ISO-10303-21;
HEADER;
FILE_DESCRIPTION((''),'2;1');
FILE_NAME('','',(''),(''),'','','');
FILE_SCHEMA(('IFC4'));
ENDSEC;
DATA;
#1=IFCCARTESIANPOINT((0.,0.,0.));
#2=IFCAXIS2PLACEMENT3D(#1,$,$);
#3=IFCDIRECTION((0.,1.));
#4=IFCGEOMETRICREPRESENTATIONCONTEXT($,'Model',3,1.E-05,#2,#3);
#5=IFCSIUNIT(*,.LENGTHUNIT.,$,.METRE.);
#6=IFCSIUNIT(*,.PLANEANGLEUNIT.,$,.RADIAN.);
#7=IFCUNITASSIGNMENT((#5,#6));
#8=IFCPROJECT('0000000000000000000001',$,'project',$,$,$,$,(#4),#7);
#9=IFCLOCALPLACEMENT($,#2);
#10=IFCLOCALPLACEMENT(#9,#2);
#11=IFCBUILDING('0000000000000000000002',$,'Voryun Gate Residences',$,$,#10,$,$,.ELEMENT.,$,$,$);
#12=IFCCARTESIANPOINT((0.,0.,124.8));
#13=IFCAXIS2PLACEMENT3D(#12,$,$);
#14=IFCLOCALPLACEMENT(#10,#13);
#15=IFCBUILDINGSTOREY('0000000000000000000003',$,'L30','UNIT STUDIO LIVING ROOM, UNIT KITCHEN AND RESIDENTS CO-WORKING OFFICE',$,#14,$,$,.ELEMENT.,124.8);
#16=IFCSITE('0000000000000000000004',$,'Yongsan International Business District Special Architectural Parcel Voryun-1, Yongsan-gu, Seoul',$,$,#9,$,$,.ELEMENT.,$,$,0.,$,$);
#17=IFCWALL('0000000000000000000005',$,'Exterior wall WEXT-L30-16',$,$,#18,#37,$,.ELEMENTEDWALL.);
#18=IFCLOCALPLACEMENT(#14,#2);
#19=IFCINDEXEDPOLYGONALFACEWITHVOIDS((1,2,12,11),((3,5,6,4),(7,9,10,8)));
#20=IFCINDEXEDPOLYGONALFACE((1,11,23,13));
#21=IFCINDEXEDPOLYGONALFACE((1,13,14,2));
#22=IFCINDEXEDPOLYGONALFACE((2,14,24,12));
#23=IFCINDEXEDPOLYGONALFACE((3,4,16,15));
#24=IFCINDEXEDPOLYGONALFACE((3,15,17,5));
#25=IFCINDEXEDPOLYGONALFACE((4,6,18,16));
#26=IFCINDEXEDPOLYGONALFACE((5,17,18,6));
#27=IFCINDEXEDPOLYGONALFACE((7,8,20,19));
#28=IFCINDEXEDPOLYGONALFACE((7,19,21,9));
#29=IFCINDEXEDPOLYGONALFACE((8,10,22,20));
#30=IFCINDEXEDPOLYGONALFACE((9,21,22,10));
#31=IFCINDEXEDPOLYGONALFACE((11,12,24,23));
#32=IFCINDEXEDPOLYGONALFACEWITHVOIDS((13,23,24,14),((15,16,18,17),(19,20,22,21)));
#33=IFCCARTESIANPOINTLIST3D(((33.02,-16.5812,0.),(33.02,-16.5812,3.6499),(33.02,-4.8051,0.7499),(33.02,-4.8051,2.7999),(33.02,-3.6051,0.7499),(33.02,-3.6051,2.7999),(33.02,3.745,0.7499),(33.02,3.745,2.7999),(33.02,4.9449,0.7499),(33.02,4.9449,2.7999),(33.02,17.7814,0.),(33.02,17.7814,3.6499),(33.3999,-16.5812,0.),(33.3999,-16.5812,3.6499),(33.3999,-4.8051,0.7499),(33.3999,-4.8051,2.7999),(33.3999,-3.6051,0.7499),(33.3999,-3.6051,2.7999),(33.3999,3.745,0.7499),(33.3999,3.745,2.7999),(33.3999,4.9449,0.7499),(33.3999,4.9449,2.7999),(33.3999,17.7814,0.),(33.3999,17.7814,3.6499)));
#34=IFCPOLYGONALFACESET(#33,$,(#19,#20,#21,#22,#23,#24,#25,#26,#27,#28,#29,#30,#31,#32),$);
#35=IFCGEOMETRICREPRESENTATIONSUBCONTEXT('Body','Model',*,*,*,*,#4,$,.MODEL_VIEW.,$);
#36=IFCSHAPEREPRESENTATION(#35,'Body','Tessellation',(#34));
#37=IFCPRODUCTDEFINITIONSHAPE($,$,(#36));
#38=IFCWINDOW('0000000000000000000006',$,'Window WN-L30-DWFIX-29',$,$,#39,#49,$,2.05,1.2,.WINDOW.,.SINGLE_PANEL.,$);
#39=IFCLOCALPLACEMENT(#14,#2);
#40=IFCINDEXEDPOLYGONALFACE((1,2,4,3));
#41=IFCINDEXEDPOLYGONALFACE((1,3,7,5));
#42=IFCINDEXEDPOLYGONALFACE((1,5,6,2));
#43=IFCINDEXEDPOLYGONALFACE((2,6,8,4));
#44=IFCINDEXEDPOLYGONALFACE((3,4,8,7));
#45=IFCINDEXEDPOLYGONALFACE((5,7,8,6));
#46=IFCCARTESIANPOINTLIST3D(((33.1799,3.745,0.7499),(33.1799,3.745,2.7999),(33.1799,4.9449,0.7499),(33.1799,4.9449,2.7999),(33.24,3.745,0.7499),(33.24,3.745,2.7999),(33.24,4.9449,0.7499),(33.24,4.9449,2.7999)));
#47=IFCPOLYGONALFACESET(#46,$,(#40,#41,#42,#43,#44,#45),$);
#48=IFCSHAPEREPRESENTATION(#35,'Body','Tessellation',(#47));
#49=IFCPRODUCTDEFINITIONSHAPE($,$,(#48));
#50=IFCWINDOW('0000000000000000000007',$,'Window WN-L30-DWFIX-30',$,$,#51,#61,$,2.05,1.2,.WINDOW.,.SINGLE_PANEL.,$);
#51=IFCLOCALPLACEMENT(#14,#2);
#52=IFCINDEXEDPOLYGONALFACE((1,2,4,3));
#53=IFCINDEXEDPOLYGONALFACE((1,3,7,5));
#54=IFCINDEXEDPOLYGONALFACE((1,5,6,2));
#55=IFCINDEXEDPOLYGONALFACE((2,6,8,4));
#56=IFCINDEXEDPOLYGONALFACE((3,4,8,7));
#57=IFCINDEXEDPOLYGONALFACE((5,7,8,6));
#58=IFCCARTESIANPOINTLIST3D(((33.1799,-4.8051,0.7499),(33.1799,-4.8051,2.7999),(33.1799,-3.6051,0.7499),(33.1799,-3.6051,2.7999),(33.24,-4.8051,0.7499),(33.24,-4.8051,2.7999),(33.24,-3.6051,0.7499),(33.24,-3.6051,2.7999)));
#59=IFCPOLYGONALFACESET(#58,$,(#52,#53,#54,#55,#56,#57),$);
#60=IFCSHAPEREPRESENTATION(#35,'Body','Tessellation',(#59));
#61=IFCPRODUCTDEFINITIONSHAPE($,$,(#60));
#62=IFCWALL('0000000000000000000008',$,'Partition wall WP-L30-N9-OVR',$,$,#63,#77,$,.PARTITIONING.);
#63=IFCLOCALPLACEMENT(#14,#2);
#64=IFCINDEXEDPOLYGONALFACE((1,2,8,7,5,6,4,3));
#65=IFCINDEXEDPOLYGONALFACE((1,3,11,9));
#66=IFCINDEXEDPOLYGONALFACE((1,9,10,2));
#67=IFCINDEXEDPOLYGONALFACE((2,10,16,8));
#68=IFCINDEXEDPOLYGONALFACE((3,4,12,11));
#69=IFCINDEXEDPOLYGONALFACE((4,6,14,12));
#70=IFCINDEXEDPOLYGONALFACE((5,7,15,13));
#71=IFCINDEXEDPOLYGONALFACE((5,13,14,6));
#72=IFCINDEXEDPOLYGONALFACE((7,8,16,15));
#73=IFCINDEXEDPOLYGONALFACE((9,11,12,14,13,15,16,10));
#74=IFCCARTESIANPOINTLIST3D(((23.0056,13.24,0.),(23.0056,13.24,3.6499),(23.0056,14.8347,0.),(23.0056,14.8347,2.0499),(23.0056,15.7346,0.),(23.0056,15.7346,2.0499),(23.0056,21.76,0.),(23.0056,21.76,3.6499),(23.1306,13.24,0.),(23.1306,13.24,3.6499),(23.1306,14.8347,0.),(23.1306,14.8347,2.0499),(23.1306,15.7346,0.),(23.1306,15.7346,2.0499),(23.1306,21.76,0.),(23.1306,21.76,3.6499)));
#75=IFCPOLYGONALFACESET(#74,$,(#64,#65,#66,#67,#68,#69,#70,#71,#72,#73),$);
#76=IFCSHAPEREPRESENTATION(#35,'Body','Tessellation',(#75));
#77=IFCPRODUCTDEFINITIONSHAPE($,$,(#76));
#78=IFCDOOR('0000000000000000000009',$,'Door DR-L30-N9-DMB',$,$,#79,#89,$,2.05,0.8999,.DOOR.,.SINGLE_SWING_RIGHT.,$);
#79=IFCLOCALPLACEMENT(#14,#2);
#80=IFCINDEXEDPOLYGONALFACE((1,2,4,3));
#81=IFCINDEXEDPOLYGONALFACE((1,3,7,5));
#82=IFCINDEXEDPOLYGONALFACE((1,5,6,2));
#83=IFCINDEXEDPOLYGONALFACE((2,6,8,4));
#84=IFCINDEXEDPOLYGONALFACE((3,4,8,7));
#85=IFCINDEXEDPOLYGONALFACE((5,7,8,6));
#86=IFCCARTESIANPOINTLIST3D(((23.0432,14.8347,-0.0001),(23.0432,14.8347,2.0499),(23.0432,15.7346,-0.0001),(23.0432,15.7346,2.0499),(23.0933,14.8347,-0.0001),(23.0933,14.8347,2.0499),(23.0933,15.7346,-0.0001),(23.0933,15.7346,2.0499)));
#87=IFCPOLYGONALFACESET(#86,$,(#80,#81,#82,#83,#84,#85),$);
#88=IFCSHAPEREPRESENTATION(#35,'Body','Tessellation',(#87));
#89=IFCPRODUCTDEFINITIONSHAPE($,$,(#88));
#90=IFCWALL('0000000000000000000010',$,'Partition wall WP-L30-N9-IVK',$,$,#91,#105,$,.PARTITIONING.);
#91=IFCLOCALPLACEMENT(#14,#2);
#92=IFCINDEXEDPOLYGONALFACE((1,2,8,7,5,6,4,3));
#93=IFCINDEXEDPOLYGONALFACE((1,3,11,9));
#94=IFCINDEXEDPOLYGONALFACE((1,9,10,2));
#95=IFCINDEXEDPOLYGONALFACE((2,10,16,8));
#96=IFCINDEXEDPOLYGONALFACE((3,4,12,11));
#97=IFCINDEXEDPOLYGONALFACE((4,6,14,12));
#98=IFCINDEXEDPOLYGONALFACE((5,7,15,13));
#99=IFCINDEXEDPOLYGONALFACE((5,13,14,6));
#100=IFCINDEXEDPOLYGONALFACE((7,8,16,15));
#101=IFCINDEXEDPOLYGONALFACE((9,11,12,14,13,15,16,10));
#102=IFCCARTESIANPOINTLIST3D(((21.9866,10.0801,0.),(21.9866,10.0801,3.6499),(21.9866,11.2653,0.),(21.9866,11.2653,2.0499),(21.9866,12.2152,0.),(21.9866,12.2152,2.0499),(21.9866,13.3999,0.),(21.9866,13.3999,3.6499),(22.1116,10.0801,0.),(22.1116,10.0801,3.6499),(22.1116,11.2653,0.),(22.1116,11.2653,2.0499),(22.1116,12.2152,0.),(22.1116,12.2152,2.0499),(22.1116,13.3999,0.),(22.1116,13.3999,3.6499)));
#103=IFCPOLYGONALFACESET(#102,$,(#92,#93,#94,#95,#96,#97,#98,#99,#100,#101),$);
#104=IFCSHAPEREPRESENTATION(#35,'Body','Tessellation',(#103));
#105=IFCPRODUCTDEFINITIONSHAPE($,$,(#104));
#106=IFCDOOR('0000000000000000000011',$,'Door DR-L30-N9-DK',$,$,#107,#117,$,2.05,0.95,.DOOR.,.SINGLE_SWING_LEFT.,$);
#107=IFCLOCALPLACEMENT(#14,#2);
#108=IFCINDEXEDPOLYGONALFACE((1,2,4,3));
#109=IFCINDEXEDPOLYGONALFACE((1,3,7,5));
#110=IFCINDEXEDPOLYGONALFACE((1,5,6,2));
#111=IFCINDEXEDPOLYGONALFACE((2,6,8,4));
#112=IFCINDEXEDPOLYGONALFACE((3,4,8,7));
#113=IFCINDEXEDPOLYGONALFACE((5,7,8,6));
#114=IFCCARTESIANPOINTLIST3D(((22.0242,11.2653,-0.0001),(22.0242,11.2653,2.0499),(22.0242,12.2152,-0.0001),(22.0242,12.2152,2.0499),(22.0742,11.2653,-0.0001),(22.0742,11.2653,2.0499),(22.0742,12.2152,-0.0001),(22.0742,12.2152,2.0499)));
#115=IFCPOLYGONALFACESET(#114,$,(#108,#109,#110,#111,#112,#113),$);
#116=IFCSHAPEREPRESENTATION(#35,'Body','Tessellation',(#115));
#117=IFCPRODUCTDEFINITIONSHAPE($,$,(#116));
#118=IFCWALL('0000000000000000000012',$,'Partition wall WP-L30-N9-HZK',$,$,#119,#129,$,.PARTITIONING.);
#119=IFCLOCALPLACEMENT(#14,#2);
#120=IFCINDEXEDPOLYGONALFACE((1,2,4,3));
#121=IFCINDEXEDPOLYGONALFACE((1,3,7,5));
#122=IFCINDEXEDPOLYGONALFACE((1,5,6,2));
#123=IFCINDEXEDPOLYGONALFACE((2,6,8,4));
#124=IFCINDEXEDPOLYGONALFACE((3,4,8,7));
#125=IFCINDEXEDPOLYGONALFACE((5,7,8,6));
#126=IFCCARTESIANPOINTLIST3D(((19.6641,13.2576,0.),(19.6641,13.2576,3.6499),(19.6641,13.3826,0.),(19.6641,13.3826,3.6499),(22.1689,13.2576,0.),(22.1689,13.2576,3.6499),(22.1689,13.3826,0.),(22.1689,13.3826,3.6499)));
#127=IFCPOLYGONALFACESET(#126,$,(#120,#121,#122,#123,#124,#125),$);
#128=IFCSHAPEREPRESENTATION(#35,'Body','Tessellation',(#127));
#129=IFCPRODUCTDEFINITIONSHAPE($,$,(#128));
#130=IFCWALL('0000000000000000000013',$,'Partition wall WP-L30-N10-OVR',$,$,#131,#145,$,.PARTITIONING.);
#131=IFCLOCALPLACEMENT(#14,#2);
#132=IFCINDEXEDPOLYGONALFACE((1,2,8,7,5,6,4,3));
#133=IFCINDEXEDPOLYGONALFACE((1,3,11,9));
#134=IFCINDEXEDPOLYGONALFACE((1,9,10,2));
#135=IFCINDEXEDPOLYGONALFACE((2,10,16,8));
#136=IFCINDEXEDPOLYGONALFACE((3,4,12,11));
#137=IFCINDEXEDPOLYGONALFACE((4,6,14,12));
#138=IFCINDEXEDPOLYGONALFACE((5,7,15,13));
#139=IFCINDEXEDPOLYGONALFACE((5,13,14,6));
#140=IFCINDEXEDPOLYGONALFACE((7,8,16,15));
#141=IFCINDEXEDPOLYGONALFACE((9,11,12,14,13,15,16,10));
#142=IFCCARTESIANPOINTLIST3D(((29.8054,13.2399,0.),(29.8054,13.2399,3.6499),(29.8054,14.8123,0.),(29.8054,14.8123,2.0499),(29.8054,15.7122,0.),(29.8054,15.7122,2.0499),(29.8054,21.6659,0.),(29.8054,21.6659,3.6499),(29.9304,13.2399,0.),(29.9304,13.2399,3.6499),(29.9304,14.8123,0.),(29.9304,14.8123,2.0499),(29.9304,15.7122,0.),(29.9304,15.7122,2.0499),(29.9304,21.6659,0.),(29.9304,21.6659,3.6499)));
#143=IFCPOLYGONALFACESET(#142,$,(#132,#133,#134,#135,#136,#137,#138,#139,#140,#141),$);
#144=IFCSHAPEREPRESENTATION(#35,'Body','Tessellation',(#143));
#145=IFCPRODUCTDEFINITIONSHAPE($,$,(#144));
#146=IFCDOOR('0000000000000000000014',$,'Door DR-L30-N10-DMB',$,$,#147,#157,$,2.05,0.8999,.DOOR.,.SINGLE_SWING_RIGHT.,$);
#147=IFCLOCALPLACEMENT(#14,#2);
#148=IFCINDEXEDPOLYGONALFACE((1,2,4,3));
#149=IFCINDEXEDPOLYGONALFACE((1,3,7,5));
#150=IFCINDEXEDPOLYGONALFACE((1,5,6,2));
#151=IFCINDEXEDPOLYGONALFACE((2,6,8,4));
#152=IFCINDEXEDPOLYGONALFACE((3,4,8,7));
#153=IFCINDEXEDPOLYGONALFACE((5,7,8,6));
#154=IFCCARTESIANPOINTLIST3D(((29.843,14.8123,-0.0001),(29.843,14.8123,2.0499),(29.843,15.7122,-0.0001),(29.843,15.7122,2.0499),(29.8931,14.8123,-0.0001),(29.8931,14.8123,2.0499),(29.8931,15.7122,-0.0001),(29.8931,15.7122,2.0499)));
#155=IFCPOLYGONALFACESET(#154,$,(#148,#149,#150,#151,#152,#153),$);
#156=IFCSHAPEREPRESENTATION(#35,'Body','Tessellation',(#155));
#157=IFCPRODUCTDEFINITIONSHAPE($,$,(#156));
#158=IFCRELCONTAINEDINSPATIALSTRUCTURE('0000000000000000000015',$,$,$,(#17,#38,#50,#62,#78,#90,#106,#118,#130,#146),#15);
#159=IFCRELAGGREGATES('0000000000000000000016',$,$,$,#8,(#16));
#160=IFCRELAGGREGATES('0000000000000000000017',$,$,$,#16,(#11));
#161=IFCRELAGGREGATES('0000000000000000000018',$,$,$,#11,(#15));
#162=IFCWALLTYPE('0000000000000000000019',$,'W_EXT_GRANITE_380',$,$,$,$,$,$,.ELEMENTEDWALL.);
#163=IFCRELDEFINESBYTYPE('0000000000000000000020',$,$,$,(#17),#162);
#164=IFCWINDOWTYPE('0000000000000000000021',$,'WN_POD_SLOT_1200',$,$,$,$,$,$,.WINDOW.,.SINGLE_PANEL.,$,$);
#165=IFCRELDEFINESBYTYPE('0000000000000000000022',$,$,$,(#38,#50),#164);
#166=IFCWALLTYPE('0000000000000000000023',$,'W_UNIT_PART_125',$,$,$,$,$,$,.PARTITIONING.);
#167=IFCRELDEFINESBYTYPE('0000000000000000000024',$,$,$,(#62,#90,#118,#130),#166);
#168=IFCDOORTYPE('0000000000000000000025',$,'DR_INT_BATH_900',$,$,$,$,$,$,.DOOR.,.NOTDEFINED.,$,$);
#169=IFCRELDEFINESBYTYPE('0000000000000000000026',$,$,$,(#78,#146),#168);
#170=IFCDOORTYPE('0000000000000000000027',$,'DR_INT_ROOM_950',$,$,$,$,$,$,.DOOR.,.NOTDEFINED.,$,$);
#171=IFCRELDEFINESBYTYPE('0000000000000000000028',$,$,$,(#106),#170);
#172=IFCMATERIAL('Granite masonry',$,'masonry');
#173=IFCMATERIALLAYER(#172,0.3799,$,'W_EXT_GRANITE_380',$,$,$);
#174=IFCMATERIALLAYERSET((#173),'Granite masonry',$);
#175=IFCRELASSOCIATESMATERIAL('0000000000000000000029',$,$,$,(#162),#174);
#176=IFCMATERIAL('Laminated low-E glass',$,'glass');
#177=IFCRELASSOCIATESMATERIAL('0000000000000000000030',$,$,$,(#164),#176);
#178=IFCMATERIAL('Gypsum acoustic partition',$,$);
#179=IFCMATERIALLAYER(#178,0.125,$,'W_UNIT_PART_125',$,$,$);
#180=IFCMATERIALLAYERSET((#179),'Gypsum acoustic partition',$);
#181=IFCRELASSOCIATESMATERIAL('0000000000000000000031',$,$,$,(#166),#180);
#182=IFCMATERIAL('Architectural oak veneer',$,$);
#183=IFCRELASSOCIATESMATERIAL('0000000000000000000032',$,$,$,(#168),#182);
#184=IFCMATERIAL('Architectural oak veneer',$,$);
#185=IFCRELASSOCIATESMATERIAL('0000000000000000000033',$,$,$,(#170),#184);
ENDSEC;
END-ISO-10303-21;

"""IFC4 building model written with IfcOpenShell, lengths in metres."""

from ifc_helpers import new_model, si_unit, direction, frame, frame_2d, origin, place, context, subcontext, project, spatial, rectangle, extrude, material, layer, layer_set, type_object, element, fill, save


model = new_model("IFC4")

# Units and contexts
model_context = context("Model", 3, precision=1e-05, world=origin(), true_north=direction((0.0, 1.0)))
body_context = subcontext(model_context, "Body", "Model", "MODEL_VIEW")
ifc_project = project(units=[si_unit("LENGTHUNIT", "METRE"), si_unit("PLANEANGLEUNIT", "RADIAN")], contexts=[model_context])

# Site, building, storey
site_placement = place(None, origin())
site = spatial("IfcSite", under=ifc_project, at=site_placement, Name="Yongsan International Business District Special Architectural Parcel Voryun-1, Yongsan-gu, Seoul", CompositionType="ELEMENT", RefElevation=0.0)
building_placement = place(site_placement, origin())
building = spatial("IfcBuilding", under=site, at=building_placement, Name="Voryun Gate Residences", CompositionType="ELEMENT")
storey_placement = place(building_placement, frame((0.0, 0.0, 124.8)))
storey = spatial("IfcBuildingStorey", under=building, at=storey_placement, Name="L30", Description="UNIT STUDIO LIVING ROOM, UNIT KITCHEN AND RESIDENTS CO-WORKING OFFICE", CompositionType="ELEMENT", Elevation=124.8)

# Shared definitions
ifc_material_1 = material(Name="Granite masonry", Category="masonry")
ifc_layer_1 = layer(ifc_material_1, 0.3799, Name="W_EXT_GRANITE_380")
ifc_layer_set_1 = layer_set([ifc_layer_1], Name="Granite masonry")
wall_type_1 = type_object("IfcWallType", Name="W_EXT_GRANITE_380", PredefinedType="ELEMENTEDWALL", material=ifc_layer_set_1)

# Wall, openings, windows
wall_1_placement = place(storey_placement, frame((33.21, 17.7812, 0.0), z_axis=(0.0, 0.0, 1.0), x_axis=(0.0, -1.0, 0.0)))
wall_1 = element("IfcWall", 1, at=wall_1_placement, inside=storey, type_object=wall_type_1, Name="Exterior wall WEXT-L30-16", PredefinedType="ELEMENTEDWALL", context=body_context, shape_type="SweptSolid", body=[
    extrude(rectangle(XDim=34.3625, YDim=0.3799, at=frame_2d((17.1812, 0.0))), origin(), (0.0, 0.0, 1.0), 3.6499),
])
opening_1_placement = place(wall_1_placement, frame((12.8362, 0.0, 0.75)))
opening_1 = element("IfcOpeningElement", 2, at=opening_1_placement, cuts=wall_1, PredefinedType="OPENING", context=body_context, shape_type="SweptSolid", body=[
    extrude(rectangle(XDim=1.2, YDim=2.05, at=frame_2d((0.6001, 1.0249))), frame((0.0, 0.2, 0.0), z_axis=(0.0, -1.0, 0.0), x_axis=(1.0, 0.0, 0.0)), (0.0, 0.0, 1.0), 0.3999),
])
opening_2_placement = place(wall_1_placement, frame((21.3862, 0.0, 0.75)))
opening_2 = element("IfcOpeningElement", 3, at=opening_2_placement, cuts=wall_1, PredefinedType="OPENING", context=body_context, shape_type="SweptSolid", body=[
    extrude(rectangle(XDim=1.2, YDim=2.05, at=frame_2d((0.6001, 1.0249))), frame((0.0, 0.2, 0.0), z_axis=(0.0, -1.0, 0.0), x_axis=(1.0, 0.0, 0.0)), (0.0, 0.0, 1.0), 0.3999),
])
ifc_material_2 = material(Name="Laminated low-E glass", Category="glass")
window_type_1 = type_object("IfcWindowType", Name="WN_POD_SLOT_1200", PartitioningType="SINGLE_PANEL", PredefinedType="WINDOW", material=ifc_material_2)
window_1_placement = place(opening_1_placement, origin())
window_1 = element("IfcWindow", 4, at=window_1_placement, inside=storey, type_object=window_type_1, Name="Window WN-L30-DWFIX-29", OverallHeight=2.05, OverallWidth=1.2, PartitioningType="SINGLE_PANEL", PredefinedType="WINDOW", context=body_context, shape_type="SweptSolid", body=[
    extrude(rectangle(XDim=1.2, YDim=2.05, at=frame_2d((0.6001, 1.0249))), frame((0.0, 0.03, 0.0), z_axis=(0.0, -1.0, 0.0), x_axis=(1.0, 0.0, 0.0)), (0.0, 0.0, 1.0), 0.0601),
])
fill(opening_1, window_1)
window_2_placement = place(opening_2_placement, origin())
window_2 = element("IfcWindow", 5, at=window_2_placement, inside=storey, type_object=window_type_1, Name="Window WN-L30-DWFIX-30", OverallHeight=2.05, OverallWidth=1.2, PartitioningType="SINGLE_PANEL", PredefinedType="WINDOW", context=body_context, shape_type="SweptSolid", body=[
    extrude(rectangle(XDim=1.2, YDim=2.05, at=frame_2d((0.6001, 1.0249))), frame((0.0, 0.03, 0.0), z_axis=(0.0, -1.0, 0.0), x_axis=(1.0, 0.0, 0.0)), (0.0, 0.0, 1.0), 0.0601),
])
fill(opening_2, window_2)

# Walls, openings, doors
ifc_material_3 = material(Name="Gypsum acoustic partition")
ifc_layer_2 = layer(ifc_material_3, 0.125, Name="W_UNIT_PART_125")
ifc_layer_set_2 = layer_set([ifc_layer_2], Name="Gypsum acoustic partition")
wall_type_2 = type_object("IfcWallType", Name="W_UNIT_PART_125", PredefinedType="PARTITIONING", material=ifc_layer_set_2)
wall_2_placement = place(storey_placement, frame((23.0681, 13.24, 0.0), z_axis=(0.0, 0.0, 1.0), x_axis=(0.0, 1.0, 0.0)))
wall_2 = element("IfcWall", 6, at=wall_2_placement, inside=storey, type_object=wall_type_2, Name="Partition wall WP-L30-N9-OVR", PredefinedType="PARTITIONING", context=body_context, shape_type="SweptSolid", body=[
    extrude(rectangle(XDim=8.52, YDim=0.125, at=frame_2d((4.26, 0.0))), origin(), (0.0, 0.0, 1.0), 3.6499),
])
opening_3_placement = place(wall_2_placement, frame((1.5947, 0.0, 0.0)))
opening_3 = element("IfcOpeningElement", 7, at=opening_3_placement, cuts=wall_2, PredefinedType="OPENING", context=body_context, shape_type="SweptSolid", body=[
    extrude(rectangle(XDim=0.8999, YDim=2.05, at=frame_2d((0.45, 1.0249))), frame((0.0, 0.0725, 0.0), z_axis=(0.0, -1.0, 0.0), x_axis=(1.0, 0.0, 0.0)), (0.0, 0.0, 1.0), 0.145),
])
ifc_material_4 = material(Name="Architectural oak veneer")
door_type_1 = type_object("IfcDoorType", Name="DR_INT_BATH_900", OperationType="NOTDEFINED", PredefinedType="DOOR", material=ifc_material_4)
door_1_placement = place(opening_3_placement, origin())
door_1 = element("IfcDoor", 8, at=door_1_placement, inside=storey, type_object=door_type_1, Name="Door DR-L30-N9-DMB", OperationType="SINGLE_SWING_RIGHT", OverallHeight=2.05, OverallWidth=0.8999, PredefinedType="DOOR", context=body_context, shape_type="SweptSolid", body=[
    extrude(rectangle(XDim=0.8999, YDim=2.05, at=frame_2d((0.45, 1.0249))), frame((0.0, 0.0249, 0.0), z_axis=(0.0, -1.0, 0.0), x_axis=(1.0, 0.0, 0.0)), (0.0, 0.0, 1.0), 0.05),
])
fill(opening_3, door_1)
wall_3_placement = place(storey_placement, frame((22.0491, 10.0801, 0.0), z_axis=(0.0, 0.0, 1.0), x_axis=(0.0, 1.0, 0.0)))
wall_3 = element("IfcWall", 9, at=wall_3_placement, inside=storey, type_object=wall_type_2, Name="Partition wall WP-L30-N9-IVK", PredefinedType="PARTITIONING", context=body_context, shape_type="SweptSolid", body=[
    extrude(rectangle(XDim=3.3198, YDim=0.125, at=frame_2d((1.6599, 0.0))), origin(), (0.0, 0.0, 1.0), 3.6499),
])
opening_4_placement = place(wall_3_placement, frame((1.1851, 0.0, 0.0)))
opening_4 = element("IfcOpeningElement", 10, at=opening_4_placement, cuts=wall_3, PredefinedType="OPENING", context=body_context, shape_type="SweptSolid", body=[
    extrude(rectangle(XDim=0.95, YDim=2.05, at=frame_2d((0.4751, 1.0249))), frame((0.0, 0.0725, 0.0), z_axis=(0.0, -1.0, 0.0), x_axis=(1.0, 0.0, 0.0)), (0.0, 0.0, 1.0), 0.145),
])
ifc_material_5 = material(Name="Architectural oak veneer")
door_type_2 = type_object("IfcDoorType", Name="DR_INT_ROOM_950", OperationType="NOTDEFINED", PredefinedType="DOOR", material=ifc_material_5)
door_2_placement = place(opening_4_placement, origin())
door_2 = element("IfcDoor", 11, at=door_2_placement, inside=storey, type_object=door_type_2, Name="Door DR-L30-N9-DK", OperationType="SINGLE_SWING_LEFT", OverallHeight=2.05, OverallWidth=0.95, PredefinedType="DOOR", context=body_context, shape_type="SweptSolid", body=[
    extrude(rectangle(XDim=0.95, YDim=2.05, at=frame_2d((0.4751, 1.0249))), frame((0.0, 0.0249, 0.0), z_axis=(0.0, -1.0, 0.0), x_axis=(1.0, 0.0, 0.0)), (0.0, 0.0, 1.0), 0.05),
])
fill(opening_4, door_2)

# Wall
wall_4_placement = place(storey_placement, frame((19.6641, 13.3201, 0.0), z_axis=(0.0, 0.0, 1.0), x_axis=(1.0, 0.0, 0.0)))
element("IfcWall", 12, at=wall_4_placement, inside=storey, type_object=wall_type_2, Name="Partition wall WP-L30-N9-HZK", PredefinedType="PARTITIONING", context=body_context, shape_type="SweptSolid", body=[
    extrude(rectangle(XDim=2.5049, YDim=0.125, at=frame_2d((1.2524, 0.0))), origin(), (0.0, 0.0, 1.0), 3.6499),
])

# Wall, opening, door
wall_5_placement = place(storey_placement, frame((29.8679, 13.24, 0.0), z_axis=(0.0, 0.0, 1.0), x_axis=(0.0, 1.0, 0.0)))
wall_5 = element("IfcWall", 13, at=wall_5_placement, inside=storey, type_object=wall_type_2, Name="Partition wall WP-L30-N10-OVR", PredefinedType="PARTITIONING", context=body_context, shape_type="SweptSolid", body=[
    extrude(rectangle(XDim=8.426, YDim=0.125, at=frame_2d((4.2129, 0.0))), origin(), (0.0, 0.0, 1.0), 3.6499),
])
opening_5_placement = place(wall_5_placement, frame((1.5723, 0.0, 0.0)))
opening_5 = element("IfcOpeningElement", 14, at=opening_5_placement, cuts=wall_5, PredefinedType="OPENING", context=body_context, shape_type="SweptSolid", body=[
    extrude(rectangle(XDim=0.8999, YDim=2.05, at=frame_2d((0.45, 1.0249))), frame((0.0, 0.0725, 0.0), z_axis=(0.0, -1.0, 0.0), x_axis=(1.0, 0.0, 0.0)), (0.0, 0.0, 1.0), 0.145),
])
door_3_placement = place(opening_5_placement, origin())
door_3 = element("IfcDoor", 15, at=door_3_placement, inside=storey, type_object=door_type_1, Name="Door DR-L30-N10-DMB", OperationType="SINGLE_SWING_RIGHT", OverallHeight=2.05, OverallWidth=0.8999, PredefinedType="DOOR", context=body_context, shape_type="SweptSolid", body=[
    extrude(rectangle(XDim=0.8999, YDim=2.05, at=frame_2d((0.45, 1.0249))), frame((0.0, 0.0249, 0.0), z_axis=(0.0, -1.0, 0.0), x_axis=(1.0, 0.0, 0.0)), (0.0, 0.0, 1.0), 0.05),
])
fill(opening_5, door_3)

save(model, "model.ifc")
